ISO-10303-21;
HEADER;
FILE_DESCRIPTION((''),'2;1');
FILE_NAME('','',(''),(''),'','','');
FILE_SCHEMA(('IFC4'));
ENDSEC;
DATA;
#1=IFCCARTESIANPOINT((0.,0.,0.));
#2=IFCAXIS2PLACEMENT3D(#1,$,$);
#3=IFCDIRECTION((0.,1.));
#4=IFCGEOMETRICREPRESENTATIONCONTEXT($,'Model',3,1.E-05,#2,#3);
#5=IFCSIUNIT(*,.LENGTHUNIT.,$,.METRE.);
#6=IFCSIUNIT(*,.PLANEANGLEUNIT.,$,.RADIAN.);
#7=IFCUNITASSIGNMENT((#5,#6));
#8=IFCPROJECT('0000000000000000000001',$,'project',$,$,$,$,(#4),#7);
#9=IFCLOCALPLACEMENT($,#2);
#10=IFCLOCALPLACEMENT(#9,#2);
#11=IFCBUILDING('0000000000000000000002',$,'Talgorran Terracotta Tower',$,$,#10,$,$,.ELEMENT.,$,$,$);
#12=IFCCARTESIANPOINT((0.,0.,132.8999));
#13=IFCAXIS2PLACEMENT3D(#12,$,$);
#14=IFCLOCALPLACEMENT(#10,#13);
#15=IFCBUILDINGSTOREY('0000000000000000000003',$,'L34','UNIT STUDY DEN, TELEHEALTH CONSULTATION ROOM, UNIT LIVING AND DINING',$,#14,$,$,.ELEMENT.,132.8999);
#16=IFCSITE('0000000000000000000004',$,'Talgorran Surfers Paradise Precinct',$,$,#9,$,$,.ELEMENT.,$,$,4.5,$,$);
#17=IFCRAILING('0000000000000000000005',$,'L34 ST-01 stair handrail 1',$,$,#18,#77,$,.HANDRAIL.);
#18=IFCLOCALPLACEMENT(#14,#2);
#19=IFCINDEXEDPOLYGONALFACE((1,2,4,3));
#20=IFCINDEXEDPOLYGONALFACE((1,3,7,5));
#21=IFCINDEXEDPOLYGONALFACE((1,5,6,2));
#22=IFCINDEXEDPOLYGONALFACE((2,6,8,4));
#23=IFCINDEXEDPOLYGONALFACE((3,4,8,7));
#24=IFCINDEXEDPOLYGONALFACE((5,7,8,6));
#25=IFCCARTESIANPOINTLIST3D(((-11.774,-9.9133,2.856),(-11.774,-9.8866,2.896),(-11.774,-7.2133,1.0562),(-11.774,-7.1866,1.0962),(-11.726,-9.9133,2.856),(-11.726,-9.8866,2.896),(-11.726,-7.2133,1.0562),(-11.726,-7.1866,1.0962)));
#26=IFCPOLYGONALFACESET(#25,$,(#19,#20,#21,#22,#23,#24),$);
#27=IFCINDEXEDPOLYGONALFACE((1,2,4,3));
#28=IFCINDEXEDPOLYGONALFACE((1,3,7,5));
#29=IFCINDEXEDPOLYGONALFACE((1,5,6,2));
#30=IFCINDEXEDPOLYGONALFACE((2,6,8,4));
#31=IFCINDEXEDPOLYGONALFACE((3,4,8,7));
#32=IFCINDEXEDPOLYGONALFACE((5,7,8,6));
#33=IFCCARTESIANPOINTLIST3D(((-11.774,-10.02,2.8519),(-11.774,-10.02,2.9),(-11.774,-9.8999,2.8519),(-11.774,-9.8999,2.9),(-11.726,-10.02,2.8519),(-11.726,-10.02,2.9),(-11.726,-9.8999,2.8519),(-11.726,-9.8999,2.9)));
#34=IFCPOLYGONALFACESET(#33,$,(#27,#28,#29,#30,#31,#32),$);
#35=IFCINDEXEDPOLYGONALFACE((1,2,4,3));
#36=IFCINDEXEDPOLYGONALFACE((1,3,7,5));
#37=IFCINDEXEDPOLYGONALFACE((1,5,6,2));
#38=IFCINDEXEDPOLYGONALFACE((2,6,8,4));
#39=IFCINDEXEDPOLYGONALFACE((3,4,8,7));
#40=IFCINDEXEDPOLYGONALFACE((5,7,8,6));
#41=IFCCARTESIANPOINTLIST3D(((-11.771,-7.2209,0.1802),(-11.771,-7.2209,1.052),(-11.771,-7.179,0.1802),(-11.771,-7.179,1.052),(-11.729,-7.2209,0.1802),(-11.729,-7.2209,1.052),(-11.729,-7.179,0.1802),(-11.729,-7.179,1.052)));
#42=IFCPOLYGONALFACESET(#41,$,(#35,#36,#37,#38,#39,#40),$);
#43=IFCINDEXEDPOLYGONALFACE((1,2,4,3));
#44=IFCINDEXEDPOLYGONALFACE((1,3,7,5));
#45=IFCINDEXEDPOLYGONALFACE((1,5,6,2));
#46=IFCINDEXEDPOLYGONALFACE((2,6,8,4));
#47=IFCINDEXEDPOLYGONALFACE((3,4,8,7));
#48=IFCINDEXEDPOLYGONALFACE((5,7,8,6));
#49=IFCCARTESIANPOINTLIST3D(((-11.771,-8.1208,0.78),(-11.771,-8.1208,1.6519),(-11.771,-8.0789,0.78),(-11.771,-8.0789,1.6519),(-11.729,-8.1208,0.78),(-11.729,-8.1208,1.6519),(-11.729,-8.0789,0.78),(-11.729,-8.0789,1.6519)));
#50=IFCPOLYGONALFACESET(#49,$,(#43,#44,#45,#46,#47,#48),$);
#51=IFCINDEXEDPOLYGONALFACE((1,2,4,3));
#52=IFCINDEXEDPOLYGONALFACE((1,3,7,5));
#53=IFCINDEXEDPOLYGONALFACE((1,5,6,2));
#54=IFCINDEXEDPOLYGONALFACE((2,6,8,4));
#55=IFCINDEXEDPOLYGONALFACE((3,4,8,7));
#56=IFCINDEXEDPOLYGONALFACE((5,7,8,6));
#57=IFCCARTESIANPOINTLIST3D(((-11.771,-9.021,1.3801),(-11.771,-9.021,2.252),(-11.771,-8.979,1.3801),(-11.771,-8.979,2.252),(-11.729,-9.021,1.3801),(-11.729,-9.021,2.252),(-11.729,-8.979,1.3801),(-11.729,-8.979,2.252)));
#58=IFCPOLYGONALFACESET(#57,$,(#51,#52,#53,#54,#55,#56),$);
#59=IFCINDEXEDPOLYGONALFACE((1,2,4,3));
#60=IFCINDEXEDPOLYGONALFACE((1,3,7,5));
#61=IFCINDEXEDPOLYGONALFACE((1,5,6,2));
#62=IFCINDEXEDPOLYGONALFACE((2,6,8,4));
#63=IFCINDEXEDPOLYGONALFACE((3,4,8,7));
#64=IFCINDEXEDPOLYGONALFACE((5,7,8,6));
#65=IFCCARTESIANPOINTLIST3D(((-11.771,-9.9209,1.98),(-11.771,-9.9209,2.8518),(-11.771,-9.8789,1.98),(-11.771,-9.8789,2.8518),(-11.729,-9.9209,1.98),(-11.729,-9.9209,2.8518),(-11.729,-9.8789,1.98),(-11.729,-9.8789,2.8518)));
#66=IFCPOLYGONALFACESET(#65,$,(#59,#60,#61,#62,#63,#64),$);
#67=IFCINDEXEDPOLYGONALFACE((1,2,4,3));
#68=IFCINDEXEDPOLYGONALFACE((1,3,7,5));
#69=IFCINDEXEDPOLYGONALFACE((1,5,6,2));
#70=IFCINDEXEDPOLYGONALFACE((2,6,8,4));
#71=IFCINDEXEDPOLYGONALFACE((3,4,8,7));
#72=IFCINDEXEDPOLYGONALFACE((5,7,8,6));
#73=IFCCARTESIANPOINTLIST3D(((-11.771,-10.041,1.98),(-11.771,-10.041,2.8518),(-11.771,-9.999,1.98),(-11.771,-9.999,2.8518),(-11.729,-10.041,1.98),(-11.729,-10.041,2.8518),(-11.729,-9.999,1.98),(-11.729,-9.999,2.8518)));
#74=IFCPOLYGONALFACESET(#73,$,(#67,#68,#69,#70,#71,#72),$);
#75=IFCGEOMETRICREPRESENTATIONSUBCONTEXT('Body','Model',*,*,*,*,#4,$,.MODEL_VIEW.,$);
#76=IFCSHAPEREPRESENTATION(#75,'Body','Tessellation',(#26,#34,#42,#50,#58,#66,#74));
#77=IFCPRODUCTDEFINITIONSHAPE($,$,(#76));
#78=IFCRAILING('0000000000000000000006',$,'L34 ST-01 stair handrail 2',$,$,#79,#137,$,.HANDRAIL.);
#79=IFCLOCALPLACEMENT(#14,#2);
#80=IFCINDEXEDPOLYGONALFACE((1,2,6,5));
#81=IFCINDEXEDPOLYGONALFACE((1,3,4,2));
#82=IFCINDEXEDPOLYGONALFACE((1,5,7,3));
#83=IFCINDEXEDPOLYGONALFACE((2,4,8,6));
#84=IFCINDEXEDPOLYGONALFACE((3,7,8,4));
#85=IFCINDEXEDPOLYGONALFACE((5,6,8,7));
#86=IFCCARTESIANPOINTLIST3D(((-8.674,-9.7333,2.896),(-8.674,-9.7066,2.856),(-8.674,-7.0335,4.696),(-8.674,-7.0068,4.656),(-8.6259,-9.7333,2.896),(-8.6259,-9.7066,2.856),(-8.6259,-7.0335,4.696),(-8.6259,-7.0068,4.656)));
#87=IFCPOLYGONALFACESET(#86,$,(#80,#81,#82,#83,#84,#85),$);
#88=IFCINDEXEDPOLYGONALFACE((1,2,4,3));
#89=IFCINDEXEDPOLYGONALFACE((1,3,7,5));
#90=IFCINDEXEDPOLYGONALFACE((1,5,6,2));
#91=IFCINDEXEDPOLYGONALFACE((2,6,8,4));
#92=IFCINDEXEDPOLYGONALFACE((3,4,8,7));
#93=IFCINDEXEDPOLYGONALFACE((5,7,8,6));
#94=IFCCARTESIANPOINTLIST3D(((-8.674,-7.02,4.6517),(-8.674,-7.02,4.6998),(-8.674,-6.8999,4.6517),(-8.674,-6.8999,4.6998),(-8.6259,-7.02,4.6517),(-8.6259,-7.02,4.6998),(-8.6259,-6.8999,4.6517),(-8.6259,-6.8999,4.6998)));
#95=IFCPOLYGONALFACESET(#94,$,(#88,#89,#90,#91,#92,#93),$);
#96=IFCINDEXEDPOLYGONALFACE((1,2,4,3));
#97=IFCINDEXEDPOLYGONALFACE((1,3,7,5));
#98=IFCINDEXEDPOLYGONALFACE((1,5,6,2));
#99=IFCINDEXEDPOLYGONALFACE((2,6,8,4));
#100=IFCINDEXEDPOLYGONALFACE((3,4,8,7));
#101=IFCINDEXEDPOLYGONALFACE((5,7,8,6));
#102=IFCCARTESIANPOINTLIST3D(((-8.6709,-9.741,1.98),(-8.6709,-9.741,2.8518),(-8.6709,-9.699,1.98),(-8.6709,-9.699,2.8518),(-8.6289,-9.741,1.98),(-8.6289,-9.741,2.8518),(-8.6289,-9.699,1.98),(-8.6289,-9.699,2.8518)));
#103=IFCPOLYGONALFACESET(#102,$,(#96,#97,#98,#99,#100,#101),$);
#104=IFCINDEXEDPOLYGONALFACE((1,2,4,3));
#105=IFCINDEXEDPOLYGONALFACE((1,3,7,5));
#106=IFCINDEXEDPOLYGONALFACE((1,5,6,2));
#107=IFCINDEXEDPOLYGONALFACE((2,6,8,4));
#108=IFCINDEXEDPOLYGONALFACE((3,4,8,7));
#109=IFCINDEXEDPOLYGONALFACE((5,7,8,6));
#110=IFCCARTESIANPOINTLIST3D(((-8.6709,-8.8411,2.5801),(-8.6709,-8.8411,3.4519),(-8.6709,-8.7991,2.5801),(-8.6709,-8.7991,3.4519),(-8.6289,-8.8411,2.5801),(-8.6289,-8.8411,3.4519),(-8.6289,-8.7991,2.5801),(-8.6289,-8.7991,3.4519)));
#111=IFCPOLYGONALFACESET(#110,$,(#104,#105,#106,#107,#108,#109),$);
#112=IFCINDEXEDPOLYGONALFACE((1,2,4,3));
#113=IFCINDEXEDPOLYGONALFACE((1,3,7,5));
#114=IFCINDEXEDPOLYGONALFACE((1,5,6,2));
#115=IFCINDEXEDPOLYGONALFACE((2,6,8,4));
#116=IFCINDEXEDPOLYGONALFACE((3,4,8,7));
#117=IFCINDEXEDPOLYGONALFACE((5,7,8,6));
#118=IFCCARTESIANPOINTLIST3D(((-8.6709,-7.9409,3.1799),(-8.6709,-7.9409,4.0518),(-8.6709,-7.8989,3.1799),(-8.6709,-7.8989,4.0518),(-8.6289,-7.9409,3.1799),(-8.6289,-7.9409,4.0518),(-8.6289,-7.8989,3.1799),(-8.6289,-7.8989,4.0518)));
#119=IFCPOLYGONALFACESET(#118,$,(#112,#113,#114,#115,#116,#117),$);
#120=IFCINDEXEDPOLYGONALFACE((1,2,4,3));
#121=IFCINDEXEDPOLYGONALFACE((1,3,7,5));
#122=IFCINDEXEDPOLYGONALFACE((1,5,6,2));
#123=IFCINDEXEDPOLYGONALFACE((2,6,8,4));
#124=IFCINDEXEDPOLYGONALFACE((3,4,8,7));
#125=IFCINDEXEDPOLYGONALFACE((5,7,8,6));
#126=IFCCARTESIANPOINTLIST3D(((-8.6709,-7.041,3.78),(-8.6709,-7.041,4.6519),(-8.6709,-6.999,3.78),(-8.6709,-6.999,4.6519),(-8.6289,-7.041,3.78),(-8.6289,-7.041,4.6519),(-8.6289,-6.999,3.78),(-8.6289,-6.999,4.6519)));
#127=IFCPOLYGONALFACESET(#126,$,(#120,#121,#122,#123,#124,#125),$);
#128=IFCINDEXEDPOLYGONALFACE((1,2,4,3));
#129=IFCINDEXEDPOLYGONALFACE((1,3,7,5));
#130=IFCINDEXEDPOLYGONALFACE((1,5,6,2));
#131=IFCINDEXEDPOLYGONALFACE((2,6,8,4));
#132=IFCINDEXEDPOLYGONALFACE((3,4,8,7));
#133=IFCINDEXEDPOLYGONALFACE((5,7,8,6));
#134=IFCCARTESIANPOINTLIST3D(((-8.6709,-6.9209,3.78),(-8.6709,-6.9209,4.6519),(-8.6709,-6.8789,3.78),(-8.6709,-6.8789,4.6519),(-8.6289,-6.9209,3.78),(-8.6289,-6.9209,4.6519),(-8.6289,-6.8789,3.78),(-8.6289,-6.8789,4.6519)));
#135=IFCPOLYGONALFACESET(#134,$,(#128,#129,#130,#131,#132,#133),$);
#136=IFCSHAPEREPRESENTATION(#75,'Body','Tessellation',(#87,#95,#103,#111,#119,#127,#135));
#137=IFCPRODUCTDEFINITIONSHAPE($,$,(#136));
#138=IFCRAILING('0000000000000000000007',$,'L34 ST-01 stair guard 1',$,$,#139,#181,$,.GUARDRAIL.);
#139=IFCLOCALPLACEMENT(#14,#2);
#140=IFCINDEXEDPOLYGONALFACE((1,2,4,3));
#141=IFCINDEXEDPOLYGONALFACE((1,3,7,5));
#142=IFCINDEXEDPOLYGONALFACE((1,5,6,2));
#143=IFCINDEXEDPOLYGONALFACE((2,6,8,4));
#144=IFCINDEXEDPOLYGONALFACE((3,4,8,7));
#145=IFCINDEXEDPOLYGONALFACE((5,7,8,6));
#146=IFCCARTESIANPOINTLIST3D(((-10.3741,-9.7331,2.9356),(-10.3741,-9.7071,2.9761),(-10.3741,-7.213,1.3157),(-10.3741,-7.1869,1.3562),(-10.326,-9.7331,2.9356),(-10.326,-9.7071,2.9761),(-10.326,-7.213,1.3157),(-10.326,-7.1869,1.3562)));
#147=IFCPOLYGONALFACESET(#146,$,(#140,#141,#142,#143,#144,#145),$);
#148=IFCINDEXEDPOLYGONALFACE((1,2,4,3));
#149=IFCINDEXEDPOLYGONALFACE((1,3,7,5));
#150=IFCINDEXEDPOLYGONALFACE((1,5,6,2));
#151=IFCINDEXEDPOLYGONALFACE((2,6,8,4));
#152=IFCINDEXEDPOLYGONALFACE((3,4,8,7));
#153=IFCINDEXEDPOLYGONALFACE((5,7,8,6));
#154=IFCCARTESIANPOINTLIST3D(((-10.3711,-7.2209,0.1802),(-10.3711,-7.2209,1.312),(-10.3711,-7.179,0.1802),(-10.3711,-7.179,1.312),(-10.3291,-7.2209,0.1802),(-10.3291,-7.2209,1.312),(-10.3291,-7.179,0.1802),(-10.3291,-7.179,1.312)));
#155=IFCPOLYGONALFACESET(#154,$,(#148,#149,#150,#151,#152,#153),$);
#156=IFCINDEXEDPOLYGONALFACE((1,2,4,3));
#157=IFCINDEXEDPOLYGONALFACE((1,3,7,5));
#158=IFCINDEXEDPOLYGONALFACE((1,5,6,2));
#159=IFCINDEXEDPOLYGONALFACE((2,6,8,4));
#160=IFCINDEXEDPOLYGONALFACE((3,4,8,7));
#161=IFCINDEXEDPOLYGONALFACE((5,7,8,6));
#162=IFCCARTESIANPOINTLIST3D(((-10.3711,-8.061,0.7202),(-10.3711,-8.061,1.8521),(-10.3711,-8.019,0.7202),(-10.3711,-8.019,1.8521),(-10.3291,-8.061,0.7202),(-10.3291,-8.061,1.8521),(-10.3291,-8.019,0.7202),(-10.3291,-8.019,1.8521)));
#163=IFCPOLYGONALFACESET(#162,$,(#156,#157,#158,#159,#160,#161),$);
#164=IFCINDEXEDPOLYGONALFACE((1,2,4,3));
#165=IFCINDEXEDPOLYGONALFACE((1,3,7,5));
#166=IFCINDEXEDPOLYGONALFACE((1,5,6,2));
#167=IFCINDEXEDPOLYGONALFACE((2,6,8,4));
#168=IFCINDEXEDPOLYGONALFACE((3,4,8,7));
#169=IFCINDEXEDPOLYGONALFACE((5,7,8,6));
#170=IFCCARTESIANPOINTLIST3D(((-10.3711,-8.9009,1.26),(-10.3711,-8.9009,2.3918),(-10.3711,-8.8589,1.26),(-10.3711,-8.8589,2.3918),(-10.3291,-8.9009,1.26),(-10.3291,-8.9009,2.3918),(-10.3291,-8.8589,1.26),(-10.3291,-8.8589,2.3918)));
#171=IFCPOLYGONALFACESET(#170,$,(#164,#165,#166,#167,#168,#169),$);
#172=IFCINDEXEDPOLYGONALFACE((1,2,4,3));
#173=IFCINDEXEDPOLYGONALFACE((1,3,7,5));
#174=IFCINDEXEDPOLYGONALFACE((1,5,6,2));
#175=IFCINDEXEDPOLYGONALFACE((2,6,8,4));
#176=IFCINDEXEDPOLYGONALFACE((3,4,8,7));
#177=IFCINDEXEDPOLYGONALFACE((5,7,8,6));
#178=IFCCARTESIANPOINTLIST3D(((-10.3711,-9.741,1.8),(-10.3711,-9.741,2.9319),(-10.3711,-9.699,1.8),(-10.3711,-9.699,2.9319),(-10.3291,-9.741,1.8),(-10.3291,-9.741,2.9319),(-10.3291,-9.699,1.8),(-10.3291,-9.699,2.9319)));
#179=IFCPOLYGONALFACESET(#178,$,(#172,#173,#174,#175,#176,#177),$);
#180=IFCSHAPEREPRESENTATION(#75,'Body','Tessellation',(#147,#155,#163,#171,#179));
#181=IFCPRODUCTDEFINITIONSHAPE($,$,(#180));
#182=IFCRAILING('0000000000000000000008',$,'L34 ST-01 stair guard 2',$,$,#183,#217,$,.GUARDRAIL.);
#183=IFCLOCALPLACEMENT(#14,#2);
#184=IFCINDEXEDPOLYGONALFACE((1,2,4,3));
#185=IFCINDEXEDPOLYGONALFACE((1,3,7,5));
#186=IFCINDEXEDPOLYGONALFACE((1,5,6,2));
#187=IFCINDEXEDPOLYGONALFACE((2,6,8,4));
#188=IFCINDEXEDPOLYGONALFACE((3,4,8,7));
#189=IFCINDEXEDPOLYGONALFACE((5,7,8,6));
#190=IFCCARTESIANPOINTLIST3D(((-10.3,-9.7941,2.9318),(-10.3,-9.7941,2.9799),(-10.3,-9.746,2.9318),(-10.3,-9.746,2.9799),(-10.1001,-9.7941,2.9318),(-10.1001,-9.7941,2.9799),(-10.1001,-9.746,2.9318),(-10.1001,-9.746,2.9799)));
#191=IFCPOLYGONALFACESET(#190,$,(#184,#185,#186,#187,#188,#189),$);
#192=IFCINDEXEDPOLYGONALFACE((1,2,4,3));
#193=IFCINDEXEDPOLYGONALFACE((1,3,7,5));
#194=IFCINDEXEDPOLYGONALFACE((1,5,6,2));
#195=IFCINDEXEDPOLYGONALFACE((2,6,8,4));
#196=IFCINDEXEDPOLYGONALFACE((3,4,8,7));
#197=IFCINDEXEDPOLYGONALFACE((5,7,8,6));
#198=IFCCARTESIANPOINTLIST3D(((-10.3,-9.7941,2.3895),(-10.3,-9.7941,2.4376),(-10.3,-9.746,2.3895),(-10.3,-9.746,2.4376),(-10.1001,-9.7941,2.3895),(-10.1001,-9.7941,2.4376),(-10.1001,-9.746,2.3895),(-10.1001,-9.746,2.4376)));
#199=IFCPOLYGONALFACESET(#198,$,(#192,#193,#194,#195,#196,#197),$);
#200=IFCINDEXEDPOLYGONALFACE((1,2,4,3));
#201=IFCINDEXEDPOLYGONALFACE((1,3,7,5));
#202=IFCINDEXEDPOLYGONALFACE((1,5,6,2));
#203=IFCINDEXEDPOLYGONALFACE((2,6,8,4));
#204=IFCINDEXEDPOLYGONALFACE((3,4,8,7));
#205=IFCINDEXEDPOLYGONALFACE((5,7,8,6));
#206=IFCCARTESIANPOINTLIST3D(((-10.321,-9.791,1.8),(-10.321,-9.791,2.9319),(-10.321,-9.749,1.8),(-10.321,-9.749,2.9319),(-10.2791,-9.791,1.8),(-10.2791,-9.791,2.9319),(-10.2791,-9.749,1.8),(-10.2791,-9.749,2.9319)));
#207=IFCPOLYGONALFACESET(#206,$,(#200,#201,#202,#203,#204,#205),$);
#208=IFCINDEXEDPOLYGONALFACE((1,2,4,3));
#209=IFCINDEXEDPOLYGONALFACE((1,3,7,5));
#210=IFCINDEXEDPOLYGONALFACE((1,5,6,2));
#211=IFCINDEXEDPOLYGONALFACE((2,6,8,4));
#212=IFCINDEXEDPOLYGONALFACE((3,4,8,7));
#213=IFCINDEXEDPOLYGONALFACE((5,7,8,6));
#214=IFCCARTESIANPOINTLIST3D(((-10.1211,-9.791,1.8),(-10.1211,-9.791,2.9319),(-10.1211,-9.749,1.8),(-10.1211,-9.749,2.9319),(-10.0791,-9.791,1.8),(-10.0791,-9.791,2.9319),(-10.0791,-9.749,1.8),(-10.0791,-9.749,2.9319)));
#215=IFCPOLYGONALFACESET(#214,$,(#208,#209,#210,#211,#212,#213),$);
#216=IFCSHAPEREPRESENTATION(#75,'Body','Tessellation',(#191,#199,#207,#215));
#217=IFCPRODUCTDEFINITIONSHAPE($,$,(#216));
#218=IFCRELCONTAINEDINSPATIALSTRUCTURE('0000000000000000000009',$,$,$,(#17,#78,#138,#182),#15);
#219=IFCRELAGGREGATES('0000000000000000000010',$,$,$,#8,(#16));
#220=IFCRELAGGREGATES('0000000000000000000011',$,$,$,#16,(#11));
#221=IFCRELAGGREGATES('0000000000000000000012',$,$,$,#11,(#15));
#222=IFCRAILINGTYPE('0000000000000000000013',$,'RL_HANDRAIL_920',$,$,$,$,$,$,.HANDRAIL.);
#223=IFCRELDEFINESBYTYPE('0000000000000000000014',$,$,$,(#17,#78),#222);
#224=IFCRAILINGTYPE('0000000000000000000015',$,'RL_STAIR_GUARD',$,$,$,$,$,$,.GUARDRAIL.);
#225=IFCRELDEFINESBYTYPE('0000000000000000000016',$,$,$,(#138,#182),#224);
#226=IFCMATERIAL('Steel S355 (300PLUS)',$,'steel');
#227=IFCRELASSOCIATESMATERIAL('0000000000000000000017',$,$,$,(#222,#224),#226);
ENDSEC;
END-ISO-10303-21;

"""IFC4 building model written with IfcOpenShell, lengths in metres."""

from ifc_helpers import new_model, si_unit, direction, frame, origin, origin_2d, place, context, subcontext, project, spatial, rectangle, extrude, material, type_object, element, save


model = new_model("IFC4")

# Units and contexts
model_context = context("Model", 3, precision=1e-05, world=origin(), true_north=direction((0.0, 1.0)))
body_context = subcontext(model_context, "Body", "Model", "MODEL_VIEW")
ifc_project = project(units=[si_unit("LENGTHUNIT", "METRE"), si_unit("PLANEANGLEUNIT", "RADIAN")], contexts=[model_context])

# Site, building, storey
site_placement = place(None, origin())
site = spatial("IfcSite", under=ifc_project, at=site_placement, Name="Talgorran Surfers Paradise Precinct", CompositionType="ELEMENT", RefElevation=4.5)
building_placement = place(site_placement, origin())
building = spatial("IfcBuilding", under=site, at=building_placement, Name="Talgorran Terracotta Tower", CompositionType="ELEMENT")
storey_placement = place(building_placement, frame((0.0, 0.0, 132.8999)))
storey = spatial("IfcBuildingStorey", under=building, at=storey_placement, Name="L34", Description="UNIT STUDY DEN, TELEHEALTH CONSULTATION ROOM, UNIT LIVING AND DINING", CompositionType="ELEMENT", Elevation=132.8999)

# Railings
ifc_material_1 = material(Name="Steel S355 (300PLUS)", Category="steel")
railing_type_1 = type_object("IfcRailingType", Name="RL_HANDRAIL_920", PredefinedType="HANDRAIL", material=ifc_material_1)
railing_1_placement = place(storey_placement, frame((-11.75, -7.2, 0.1802)))
element("IfcRailing", 1, at=railing_1_placement, inside=storey, type_object=railing_type_1, Name="L34 ST-01 stair handrail 1", PredefinedType="HANDRAIL", context=body_context, shape_type="SweptSolid", body=[
    extrude(rectangle(XDim=0.0481, YDim=0.0481, at=origin_2d()), frame((0.0, 0.0, 0.896), z_axis=(0.0, -0.832073, 0.554665), x_axis=(1.0, 0.0, 0.0)), (0.0, 0.0, 1.0), 3.2449),
    extrude(rectangle(XDim=0.0481, YDim=0.0481, at=origin_2d()), frame((0.0, -2.7, 2.6958), z_axis=(0.0, -1.0, 0.0), x_axis=(1.0, 0.0, 0.0)), (0.0, 0.0, 1.0), 0.1201),
    extrude(rectangle(XDim=0.042, YDim=0.042, at=origin_2d()), origin(), (0.0, 0.0, 1.0), 0.8718),
    extrude(rectangle(XDim=0.042, YDim=0.042, at=origin_2d()), frame((0.0, -0.8999, 0.5999)), (0.0, 0.0, 1.0), 0.8718),
    extrude(rectangle(XDim=0.042, YDim=0.042, at=origin_2d()), frame((0.0, -1.8, 1.2)), (0.0, 0.0, 1.0), 0.8718),
    extrude(rectangle(XDim=0.042, YDim=0.042, at=origin_2d()), frame((0.0, -2.7, 1.7998)), (0.0, 0.0, 1.0), 0.8718),
    extrude(rectangle(XDim=0.042, YDim=0.042, at=origin_2d()), frame((0.0, -2.8201, 1.7998)), (0.0, 0.0, 1.0), 0.8718),
])
railing_2_placement = place(storey_placement, frame((-8.6499, -9.72, 1.98)))
element("IfcRailing", 2, at=railing_2_placement, inside=storey, type_object=railing_type_1, Name="L34 ST-01 stair handrail 2", PredefinedType="HANDRAIL", context=body_context, shape_type="SweptSolid", body=[
    extrude(rectangle(XDim=0.0481, YDim=0.0481, at=origin_2d()), frame((0.0, 0.0, 0.896), z_axis=(0.0, 0.832039, 0.554718), x_axis=(-1.0, 0.0, 0.0)), (0.0, 0.0, 1.0), 3.2449),
    extrude(rectangle(XDim=0.0481, YDim=0.0481, at=origin_2d()), frame((0.0, 2.7, 2.6958), z_axis=(0.0, 1.0, 0.0), x_axis=(-1.0, 0.0, 0.0)), (0.0, 0.0, 1.0), 0.1201),
    extrude(rectangle(XDim=0.042, YDim=0.042, at=origin_2d()), origin(), (0.0, 0.0, 1.0), 0.8718),
    extrude(rectangle(XDim=0.042, YDim=0.042, at=origin_2d()), frame((0.0, 0.8999, 0.6001)), (0.0, 0.0, 1.0), 0.8718),
    extrude(rectangle(XDim=0.042, YDim=0.042, at=origin_2d()), frame((0.0, 1.8, 1.2)), (0.0, 0.0, 1.0), 0.8718),
    extrude(rectangle(XDim=0.042, YDim=0.042, at=origin_2d()), frame((0.0, 2.7, 1.8)), (0.0, 0.0, 1.0), 0.8718),
    extrude(rectangle(XDim=0.042, YDim=0.042, at=origin_2d()), frame((0.0, 2.8201, 1.8)), (0.0, 0.0, 1.0), 0.8718),
])
railing_type_2 = type_object("IfcRailingType", Name="RL_STAIR_GUARD", PredefinedType="GUARDRAIL", material=ifc_material_1)
railing_3_placement = place(storey_placement, frame((-10.3501, -7.2, 0.1802)))
element("IfcRailing", 3, at=railing_3_placement, inside=storey, type_object=railing_type_2, Name="L34 ST-01 stair guard 1", PredefinedType="GUARDRAIL", context=body_context, shape_type="SweptSolid", body=[
    extrude(rectangle(XDim=0.0481, YDim=0.0481, at=origin_2d()), frame((0.0, 0.0, 1.1558), z_axis=(0.0, -0.8412, 0.540725), x_axis=(1.0, 0.0, 0.0)), (0.0, 0.0, 1.0), 2.9958),
    extrude(rectangle(XDim=0.042, YDim=0.042, at=origin_2d()), origin(), (0.0, 0.0, 1.0), 1.1318),
    extrude(rectangle(XDim=0.042, YDim=0.042, at=origin_2d()), frame((0.0, -0.8401, 0.54)), (0.0, 0.0, 1.0), 1.1318),
    extrude(rectangle(XDim=0.042, YDim=0.042, at=origin_2d()), frame((0.0, -1.6799, 1.0798)), (0.0, 0.0, 1.0), 1.1318),
    extrude(rectangle(XDim=0.042, YDim=0.042, at=origin_2d()), frame((0.0, -2.52, 1.6199)), (0.0, 0.0, 1.0), 1.1318),
])
railing_4_placement = place(storey_placement, frame((-10.3, -9.77, 1.8)))
element("IfcRailing", 4, at=railing_4_placement, inside=storey, type_object=railing_type_2, Name="L34 ST-01 stair guard 2", PredefinedType="GUARDRAIL", context=body_context, shape_type="SweptSolid", body=[
    extrude(rectangle(XDim=0.0481, YDim=0.0481, at=origin_2d()), frame((0.0, 0.0, 1.1558), z_axis=(1.0, 0.0, 0.0), x_axis=(0.0, 1.0, 0.0)), (0.0, 0.0, 1.0), 0.2),
    extrude(rectangle(XDim=0.0481, YDim=0.0481, at=origin_2d()), frame((0.0, 0.0, 0.6135), z_axis=(1.0, 0.0, 0.0), x_axis=(0.0, 1.0, 0.0)), (0.0, 0.0, 1.0), 0.2),
    extrude(rectangle(XDim=0.042, YDim=0.042, at=origin_2d()), origin(), (0.0, 0.0, 1.0), 1.1318),
    extrude(rectangle(XDim=0.042, YDim=0.042, at=origin_2d()), frame((0.2, 0.0, 0.0)), (0.0, 0.0, 1.0), 1.1318),
])

save(model, "model.ifc")
